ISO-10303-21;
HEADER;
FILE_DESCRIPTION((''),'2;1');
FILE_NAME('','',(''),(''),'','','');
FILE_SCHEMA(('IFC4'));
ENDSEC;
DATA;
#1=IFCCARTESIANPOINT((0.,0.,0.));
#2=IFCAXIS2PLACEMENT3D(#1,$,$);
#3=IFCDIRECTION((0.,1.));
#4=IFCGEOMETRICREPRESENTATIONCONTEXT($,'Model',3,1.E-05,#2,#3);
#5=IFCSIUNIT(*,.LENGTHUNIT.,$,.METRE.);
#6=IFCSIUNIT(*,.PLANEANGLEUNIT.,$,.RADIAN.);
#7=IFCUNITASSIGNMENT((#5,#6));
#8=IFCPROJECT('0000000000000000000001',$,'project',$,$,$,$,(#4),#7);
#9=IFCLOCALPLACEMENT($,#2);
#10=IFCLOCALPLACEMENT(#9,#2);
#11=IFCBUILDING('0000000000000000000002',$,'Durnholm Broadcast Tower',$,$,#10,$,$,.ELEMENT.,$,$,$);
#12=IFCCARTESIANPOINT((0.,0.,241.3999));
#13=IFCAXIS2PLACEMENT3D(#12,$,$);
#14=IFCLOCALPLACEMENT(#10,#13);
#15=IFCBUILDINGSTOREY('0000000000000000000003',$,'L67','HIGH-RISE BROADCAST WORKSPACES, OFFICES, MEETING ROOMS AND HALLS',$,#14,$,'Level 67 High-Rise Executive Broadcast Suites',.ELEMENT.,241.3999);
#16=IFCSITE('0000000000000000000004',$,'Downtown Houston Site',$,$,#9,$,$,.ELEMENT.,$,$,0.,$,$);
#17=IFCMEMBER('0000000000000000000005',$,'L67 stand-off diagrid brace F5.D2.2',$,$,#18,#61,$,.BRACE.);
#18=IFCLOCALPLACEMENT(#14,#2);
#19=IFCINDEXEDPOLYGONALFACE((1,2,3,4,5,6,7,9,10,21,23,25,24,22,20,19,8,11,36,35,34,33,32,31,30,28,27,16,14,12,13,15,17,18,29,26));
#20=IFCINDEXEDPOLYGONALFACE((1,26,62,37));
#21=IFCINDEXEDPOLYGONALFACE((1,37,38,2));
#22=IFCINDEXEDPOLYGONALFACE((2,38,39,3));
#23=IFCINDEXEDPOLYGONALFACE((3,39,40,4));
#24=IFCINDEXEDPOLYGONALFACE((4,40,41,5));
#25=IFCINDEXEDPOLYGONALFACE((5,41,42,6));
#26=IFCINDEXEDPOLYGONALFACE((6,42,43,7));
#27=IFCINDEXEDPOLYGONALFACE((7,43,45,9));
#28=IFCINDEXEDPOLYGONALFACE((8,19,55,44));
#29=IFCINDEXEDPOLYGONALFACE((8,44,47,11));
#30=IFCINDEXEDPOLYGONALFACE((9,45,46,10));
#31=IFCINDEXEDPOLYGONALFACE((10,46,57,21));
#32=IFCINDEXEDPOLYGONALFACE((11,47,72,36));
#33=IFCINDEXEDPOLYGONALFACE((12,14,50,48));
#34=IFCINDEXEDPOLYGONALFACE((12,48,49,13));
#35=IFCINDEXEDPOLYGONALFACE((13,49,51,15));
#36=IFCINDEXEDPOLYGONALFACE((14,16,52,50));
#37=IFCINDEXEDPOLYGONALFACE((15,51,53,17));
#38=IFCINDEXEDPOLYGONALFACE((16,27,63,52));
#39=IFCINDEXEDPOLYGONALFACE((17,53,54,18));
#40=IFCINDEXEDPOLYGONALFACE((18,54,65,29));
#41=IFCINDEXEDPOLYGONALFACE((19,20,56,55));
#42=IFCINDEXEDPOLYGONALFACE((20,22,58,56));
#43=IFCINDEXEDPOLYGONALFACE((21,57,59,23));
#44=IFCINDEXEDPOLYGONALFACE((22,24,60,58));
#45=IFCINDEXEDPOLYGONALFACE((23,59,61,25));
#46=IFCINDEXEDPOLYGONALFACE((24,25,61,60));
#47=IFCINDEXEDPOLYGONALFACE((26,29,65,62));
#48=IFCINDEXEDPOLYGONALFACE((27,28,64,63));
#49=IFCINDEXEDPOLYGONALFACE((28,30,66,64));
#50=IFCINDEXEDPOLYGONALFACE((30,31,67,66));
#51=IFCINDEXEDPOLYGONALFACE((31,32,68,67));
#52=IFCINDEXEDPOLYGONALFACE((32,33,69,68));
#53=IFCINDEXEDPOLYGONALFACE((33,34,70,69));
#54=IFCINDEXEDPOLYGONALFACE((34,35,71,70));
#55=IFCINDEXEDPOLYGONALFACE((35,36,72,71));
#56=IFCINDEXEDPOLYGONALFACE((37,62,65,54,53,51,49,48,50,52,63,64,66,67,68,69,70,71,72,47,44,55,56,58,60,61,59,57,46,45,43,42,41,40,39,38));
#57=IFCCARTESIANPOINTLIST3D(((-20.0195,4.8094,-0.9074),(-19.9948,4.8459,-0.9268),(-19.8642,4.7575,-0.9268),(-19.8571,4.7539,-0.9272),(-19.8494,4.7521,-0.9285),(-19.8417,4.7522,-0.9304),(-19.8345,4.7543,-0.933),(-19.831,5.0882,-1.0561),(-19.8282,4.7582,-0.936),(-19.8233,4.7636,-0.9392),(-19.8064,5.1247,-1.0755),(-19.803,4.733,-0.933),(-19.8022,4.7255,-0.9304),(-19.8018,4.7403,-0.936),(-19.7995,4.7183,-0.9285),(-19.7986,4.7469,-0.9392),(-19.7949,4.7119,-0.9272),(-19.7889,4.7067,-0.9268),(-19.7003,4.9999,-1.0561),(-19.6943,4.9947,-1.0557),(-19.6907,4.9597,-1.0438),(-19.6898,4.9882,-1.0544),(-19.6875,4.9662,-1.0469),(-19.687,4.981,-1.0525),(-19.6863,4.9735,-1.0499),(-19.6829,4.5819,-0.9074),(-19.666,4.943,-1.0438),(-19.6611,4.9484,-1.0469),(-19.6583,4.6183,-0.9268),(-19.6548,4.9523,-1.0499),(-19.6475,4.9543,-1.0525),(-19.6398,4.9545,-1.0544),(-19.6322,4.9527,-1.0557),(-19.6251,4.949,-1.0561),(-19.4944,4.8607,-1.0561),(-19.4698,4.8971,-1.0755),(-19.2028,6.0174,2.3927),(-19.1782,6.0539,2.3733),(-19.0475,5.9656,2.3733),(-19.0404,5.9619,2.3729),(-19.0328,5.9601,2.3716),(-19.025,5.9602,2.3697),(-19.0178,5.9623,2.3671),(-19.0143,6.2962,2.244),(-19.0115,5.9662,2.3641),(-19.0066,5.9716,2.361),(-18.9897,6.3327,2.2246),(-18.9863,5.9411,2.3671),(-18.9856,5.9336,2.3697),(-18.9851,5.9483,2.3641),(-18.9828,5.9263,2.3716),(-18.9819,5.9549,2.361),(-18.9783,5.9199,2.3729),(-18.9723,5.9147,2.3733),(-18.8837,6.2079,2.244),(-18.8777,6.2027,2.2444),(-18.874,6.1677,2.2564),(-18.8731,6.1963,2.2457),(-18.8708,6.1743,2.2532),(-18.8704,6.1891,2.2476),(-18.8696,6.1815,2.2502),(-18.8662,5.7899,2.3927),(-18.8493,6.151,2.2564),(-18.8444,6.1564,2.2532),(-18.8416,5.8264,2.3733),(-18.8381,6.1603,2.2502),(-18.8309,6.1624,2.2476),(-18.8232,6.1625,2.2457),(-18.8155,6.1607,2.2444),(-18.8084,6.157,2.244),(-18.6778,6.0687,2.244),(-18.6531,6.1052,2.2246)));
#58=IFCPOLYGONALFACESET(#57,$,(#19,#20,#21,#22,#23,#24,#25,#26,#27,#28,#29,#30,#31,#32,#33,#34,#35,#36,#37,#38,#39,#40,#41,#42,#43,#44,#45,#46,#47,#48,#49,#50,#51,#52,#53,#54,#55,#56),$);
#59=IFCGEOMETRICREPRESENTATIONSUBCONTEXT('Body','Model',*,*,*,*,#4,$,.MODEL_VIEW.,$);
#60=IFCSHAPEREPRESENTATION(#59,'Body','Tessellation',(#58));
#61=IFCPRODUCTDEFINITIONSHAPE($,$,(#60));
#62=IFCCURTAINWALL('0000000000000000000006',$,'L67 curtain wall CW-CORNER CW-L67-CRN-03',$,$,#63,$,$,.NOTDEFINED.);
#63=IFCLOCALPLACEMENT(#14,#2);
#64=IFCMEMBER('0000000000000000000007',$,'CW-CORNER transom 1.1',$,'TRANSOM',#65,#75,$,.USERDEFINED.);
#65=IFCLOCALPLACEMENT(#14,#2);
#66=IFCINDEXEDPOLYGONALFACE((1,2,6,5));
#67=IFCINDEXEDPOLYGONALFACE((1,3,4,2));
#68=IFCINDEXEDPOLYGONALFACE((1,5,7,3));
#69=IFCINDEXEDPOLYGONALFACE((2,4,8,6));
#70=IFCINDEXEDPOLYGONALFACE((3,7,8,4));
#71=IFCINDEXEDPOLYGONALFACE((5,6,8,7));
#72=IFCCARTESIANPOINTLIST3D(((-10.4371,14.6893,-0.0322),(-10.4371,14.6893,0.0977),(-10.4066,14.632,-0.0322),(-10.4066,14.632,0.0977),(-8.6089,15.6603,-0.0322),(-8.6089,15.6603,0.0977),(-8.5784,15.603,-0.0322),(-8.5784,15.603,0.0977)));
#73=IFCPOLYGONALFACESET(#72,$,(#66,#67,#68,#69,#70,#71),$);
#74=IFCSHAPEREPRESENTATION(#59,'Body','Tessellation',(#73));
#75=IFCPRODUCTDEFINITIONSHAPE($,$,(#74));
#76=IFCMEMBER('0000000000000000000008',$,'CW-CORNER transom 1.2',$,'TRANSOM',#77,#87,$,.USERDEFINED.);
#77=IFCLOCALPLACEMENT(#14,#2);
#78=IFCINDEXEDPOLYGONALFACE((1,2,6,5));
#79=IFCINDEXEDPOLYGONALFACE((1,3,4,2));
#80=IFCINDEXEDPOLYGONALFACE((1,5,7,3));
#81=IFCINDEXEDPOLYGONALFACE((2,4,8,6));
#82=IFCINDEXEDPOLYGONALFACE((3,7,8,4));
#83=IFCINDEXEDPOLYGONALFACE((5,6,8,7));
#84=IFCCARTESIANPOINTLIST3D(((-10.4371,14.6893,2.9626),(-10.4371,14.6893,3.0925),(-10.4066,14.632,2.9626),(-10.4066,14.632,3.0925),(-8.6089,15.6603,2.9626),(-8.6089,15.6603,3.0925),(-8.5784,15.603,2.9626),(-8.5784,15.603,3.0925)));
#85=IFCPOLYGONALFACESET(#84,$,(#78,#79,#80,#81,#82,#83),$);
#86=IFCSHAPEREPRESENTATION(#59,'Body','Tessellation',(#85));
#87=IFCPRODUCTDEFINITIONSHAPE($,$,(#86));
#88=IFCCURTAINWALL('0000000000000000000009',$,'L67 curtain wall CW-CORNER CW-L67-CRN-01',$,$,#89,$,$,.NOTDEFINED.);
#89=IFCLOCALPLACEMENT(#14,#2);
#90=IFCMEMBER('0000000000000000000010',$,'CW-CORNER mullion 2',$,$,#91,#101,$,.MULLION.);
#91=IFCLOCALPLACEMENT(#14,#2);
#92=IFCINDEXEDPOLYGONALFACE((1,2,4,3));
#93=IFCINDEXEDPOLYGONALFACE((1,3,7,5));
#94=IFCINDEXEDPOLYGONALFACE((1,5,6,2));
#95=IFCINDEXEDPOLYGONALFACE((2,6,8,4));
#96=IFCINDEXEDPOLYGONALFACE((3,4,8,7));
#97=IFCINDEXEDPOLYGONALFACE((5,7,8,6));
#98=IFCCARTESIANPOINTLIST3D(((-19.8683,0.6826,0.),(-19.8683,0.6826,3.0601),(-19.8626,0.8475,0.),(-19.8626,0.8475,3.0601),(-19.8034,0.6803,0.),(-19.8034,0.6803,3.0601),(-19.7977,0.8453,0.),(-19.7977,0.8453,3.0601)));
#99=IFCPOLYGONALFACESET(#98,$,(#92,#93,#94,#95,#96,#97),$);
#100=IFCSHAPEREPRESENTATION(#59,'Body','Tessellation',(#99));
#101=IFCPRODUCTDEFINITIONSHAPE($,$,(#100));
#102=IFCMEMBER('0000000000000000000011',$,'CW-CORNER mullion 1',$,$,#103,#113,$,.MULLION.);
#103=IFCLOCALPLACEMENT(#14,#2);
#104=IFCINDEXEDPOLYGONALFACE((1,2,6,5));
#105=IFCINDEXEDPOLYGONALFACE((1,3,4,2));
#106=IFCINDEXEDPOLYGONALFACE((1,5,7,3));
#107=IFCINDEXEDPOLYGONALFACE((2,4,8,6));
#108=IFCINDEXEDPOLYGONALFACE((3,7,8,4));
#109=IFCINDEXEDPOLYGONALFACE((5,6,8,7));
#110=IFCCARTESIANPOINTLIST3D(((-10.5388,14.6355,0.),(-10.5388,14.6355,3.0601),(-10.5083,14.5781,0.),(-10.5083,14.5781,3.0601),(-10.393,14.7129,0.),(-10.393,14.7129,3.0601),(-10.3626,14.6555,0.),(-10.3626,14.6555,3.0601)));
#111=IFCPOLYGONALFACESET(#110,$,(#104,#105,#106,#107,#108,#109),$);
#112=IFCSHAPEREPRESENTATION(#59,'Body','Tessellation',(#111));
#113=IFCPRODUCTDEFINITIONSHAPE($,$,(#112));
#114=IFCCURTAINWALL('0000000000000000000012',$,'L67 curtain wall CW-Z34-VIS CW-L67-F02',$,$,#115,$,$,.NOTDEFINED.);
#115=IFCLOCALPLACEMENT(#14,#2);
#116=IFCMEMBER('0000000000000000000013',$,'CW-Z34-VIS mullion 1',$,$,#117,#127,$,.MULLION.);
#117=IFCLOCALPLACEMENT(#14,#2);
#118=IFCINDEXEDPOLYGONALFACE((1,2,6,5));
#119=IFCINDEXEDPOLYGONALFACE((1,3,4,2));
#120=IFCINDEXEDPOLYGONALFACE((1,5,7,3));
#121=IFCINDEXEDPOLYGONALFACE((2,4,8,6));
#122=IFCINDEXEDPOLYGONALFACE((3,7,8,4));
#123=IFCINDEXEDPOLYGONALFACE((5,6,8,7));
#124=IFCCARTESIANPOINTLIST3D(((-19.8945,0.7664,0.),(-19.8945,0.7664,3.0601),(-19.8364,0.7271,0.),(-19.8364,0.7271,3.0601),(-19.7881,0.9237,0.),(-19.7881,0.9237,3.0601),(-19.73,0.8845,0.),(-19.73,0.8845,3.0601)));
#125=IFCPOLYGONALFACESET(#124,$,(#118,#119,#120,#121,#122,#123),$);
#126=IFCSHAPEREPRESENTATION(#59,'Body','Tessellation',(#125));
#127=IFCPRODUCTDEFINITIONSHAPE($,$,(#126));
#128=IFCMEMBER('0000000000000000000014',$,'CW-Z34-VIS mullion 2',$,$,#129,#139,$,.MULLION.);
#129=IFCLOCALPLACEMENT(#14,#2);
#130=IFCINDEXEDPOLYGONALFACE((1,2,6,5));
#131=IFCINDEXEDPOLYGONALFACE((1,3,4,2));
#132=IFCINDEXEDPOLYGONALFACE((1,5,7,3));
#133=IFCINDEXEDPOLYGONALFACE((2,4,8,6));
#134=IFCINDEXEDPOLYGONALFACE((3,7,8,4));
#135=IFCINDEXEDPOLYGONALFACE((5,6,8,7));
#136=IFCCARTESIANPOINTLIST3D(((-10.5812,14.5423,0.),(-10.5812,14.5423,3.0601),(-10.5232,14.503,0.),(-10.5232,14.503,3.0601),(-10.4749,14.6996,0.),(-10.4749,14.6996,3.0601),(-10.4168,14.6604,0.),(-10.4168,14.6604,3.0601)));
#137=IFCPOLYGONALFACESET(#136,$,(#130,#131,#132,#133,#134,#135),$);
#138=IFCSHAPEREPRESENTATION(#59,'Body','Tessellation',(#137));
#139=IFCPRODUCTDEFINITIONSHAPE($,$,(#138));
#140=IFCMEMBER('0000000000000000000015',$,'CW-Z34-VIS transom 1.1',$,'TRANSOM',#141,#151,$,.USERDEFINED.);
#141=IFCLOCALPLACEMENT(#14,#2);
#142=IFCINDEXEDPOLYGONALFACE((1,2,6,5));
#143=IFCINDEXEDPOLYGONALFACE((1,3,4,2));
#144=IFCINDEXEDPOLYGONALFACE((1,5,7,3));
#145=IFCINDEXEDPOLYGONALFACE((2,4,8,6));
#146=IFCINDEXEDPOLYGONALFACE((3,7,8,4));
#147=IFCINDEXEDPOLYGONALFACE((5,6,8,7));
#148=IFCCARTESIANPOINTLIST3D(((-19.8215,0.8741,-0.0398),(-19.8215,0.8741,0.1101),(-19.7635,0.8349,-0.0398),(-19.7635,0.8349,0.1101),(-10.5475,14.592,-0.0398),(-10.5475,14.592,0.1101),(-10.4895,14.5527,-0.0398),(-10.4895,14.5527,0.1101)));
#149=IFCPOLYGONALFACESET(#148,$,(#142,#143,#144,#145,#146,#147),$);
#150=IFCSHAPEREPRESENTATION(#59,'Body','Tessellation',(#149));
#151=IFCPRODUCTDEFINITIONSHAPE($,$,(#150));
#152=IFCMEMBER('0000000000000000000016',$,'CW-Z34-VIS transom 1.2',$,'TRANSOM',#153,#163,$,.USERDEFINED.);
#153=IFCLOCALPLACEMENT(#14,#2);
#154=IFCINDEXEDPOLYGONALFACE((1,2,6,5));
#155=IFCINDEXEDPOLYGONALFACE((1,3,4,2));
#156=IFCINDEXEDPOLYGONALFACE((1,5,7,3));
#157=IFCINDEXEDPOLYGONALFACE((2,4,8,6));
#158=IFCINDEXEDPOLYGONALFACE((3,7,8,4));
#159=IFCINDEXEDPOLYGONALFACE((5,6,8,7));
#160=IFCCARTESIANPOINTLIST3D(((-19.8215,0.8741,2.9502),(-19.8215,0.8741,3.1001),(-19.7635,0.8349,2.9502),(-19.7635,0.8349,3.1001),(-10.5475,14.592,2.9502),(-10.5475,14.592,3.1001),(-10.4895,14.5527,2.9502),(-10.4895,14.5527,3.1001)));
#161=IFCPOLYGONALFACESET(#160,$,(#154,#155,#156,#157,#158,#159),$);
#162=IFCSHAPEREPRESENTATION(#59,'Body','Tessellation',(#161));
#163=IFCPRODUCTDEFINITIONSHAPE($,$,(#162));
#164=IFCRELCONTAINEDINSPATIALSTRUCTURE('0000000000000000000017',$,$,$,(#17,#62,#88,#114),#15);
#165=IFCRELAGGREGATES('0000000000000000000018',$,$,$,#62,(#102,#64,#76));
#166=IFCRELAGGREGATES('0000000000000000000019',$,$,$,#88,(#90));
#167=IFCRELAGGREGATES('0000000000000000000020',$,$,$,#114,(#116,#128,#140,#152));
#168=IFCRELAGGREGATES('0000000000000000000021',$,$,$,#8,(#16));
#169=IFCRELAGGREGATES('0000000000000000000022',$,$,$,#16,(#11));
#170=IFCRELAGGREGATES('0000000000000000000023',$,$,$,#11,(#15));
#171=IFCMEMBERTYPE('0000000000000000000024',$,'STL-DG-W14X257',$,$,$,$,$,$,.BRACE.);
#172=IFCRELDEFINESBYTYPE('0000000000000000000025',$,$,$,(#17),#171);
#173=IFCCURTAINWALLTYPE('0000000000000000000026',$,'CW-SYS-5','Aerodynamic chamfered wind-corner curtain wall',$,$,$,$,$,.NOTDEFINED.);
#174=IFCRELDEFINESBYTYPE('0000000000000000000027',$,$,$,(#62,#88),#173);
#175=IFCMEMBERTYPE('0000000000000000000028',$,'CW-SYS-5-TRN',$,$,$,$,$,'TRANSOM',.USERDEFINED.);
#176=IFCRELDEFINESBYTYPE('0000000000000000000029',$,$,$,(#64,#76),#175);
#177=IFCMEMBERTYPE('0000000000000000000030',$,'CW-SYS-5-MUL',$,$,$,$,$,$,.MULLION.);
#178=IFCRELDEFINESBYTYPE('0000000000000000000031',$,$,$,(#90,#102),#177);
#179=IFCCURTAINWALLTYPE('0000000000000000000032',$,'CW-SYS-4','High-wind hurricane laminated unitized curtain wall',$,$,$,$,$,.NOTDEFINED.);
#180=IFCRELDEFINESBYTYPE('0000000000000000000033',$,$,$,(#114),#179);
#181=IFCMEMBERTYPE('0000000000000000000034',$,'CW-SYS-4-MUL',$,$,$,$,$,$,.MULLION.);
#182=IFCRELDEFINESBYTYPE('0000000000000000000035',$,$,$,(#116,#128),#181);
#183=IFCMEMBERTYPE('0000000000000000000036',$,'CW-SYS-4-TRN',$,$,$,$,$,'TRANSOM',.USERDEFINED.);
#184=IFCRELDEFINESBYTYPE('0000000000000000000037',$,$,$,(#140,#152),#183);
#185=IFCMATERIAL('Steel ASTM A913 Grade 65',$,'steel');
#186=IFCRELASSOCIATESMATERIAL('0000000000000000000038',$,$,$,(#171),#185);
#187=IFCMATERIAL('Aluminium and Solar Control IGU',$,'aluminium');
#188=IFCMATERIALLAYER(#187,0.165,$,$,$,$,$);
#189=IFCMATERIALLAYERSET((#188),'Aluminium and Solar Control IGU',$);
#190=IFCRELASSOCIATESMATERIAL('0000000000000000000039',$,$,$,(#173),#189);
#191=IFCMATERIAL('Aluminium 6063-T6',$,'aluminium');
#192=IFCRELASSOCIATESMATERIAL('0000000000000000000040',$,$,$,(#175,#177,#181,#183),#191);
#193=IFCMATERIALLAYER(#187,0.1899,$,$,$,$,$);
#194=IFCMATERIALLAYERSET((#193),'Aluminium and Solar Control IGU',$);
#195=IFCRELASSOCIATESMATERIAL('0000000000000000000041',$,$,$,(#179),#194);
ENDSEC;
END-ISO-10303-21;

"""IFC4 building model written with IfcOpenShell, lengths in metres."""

from ifc_helpers import new_model, si_unit, direction, frame, origin, origin_2d, place, context, subcontext, project, spatial, rectangle, i_section, extrude, source, transform, mapped, material, layer, layer_set, material_profile, profile_set, type_object, type_shapes, element, aggregate, save


model = new_model("IFC4")

# Units and contexts
model_context = context("Model", 3, precision=1e-05, world=origin(), true_north=direction((0.0, 1.0)))
body_context = subcontext(model_context, "Body", "Model", "MODEL_VIEW")
ifc_project = project(units=[si_unit("LENGTHUNIT", "METRE"), si_unit("PLANEANGLEUNIT", "RADIAN")], contexts=[model_context])

# Site, building, storey
site_placement = place(None, origin())
site = spatial("IfcSite", under=ifc_project, at=site_placement, Name="Downtown Houston Site", CompositionType="ELEMENT", RefElevation=0.0)
building_placement = place(site_placement, origin())
building = spatial("IfcBuilding", under=site, at=building_placement, Name="Durnholm Broadcast Tower", CompositionType="ELEMENT")
storey_placement = place(building_placement, frame((0.0, 0.0, 241.3999)))
storey = spatial("IfcBuildingStorey", under=building, at=storey_placement, Name="L67", Description="HIGH-RISE BROADCAST WORKSPACES, OFFICES, MEETING ROOMS AND HALLS", LongName="Level 67 High-Rise Executive Broadcast Suites", CompositionType="ELEMENT", Elevation=241.3999)

# Member
ifc_material_1 = material(Name="Steel ASTM A913 Grade 65", Category="steel")
ifc_material_profile_1 = material_profile(ifc_material_1, i_section(OverallWidth=0.4062, OverallDepth=0.416, WebThickness=0.0298, FlangeThickness=0.0481, FilletRadius=0.0305, at=origin_2d()), Name="W14X257")
ifc_profile_set_1 = profile_set([ifc_material_profile_1], Name="Steel ASTM A913 Grade 65")
member_type_1 = type_object("IfcMemberType", Name="STL-DG-W14X257", PredefinedType="BRACE", material=ifc_profile_set_1)
shared_shape_1 = source(origin(), body_context, "Body", "SweptSolid", [
    extrude(i_section(OverallWidth=0.4062, OverallDepth=0.416, WebThickness=0.0298, FlangeThickness=0.0481, FilletRadius=0.0305, at=origin_2d()), origin(), (0.0, 0.0, 1.0), 3.6079),
])
type_shapes(member_type_1, [shared_shape_1])
for number, where, z_axis, x_axis, name in (
    (1, (-19.7446, 4.8533, -0.9915), (0.226354, 0.334828, 0.914688), (-0.828452, 0.560059, 0.0), "L67 stand-off diagrid brace F5.D2.2"),
):
    element("IfcMember", number, at=place(storey_placement, frame(where, z_axis=z_axis, x_axis=x_axis)), inside=storey, type_object=member_type_1, Name=name, PredefinedType="BRACE", context=body_context, shape_type="MappedRepresentation", body=[
        mapped(shared_shape_1, transform((0.0, 0.0, 0.0), x_axis=(1.0, 0.0, 0.0), y_axis=(0.0, 1.0, 0.0), z_axis=(0.0, 0.0, 1.0), scale=1.0)),
    ])

# Curtain wall, members
ifc_material_2 = material(Name="Aluminium and Solar Control IGU", Category="aluminium")
ifc_layer_1 = layer(ifc_material_2, 0.165)
ifc_layer_set_1 = layer_set([ifc_layer_1], Name="Aluminium and Solar Control IGU")
curtain_wall_type_1 = type_object("IfcCurtainWallType", Name="CW-SYS-5", Description="Aerodynamic chamfered wind-corner curtain wall", PredefinedType="NOTDEFINED", material=ifc_layer_set_1)
curtain_wall_1_placement = place(storey_placement, origin())
curtain_wall_1 = element("IfcCurtainWall", 2, at=curtain_wall_1_placement, inside=storey, type_object=curtain_wall_type_1, Name="L67 curtain wall CW-CORNER CW-L67-CRN-03", PredefinedType="NOTDEFINED")
ifc_material_3 = material(Name="Aluminium 6063-T6", Category="aluminium")
ifc_material_profile_2 = material_profile(ifc_material_3, rectangle(XDim=0.0649, YDim=0.1299, at=origin_2d()), Name="CWT65X130")
ifc_profile_set_2 = profile_set([ifc_material_profile_2], Name="Aluminium 6063-T6")
member_type_2 = type_object("IfcMemberType", Name="CW-SYS-5-TRN", ElementType="TRANSOM", PredefinedType="USERDEFINED", material=ifc_profile_set_2)
shared_shape_2 = source(origin(), body_context, "Body", "SweptSolid", [
    extrude(rectangle(XDim=0.0649, YDim=0.1299, at=origin_2d()), origin(), (0.0, 0.0, 1.0), 2.0701),
])
type_shapes(member_type_2, [shared_shape_2])
member_1_placement = place(storey_placement, frame((-10.4219, 14.6606, 0.0327), z_axis=(0.883165, 0.469063, 0.0), x_axis=(-0.469063, 0.883165, 0.0)))
member_1 = element("IfcMember", 3, at=member_1_placement, type_object=member_type_2, Name="CW-CORNER transom 1.1", ObjectType="TRANSOM", PredefinedType="USERDEFINED", context=body_context, shape_type="MappedRepresentation", body=[
    mapped(shared_shape_2, transform((0.0, 0.0, 0.0), x_axis=(1.0, 0.0, 0.0), y_axis=(0.0, 1.0, 0.0), z_axis=(0.0, 0.0, 1.0), scale=1.0)),
])
member_2_placement = place(storey_placement, frame((-10.4219, 14.6606, 3.0276), z_axis=(0.883165, 0.469063, 0.0), x_axis=(-0.469063, 0.883165, 0.0)))
member_2 = element("IfcMember", 4, at=member_2_placement, type_object=member_type_2, Name="CW-CORNER transom 1.2", ObjectType="TRANSOM", PredefinedType="USERDEFINED", context=body_context, shape_type="MappedRepresentation", body=[
    mapped(shared_shape_2, transform((0.0, 0.0, 0.0), x_axis=(1.0, 0.0, 0.0), y_axis=(0.0, 1.0, 0.0), z_axis=(0.0, 0.0, 1.0), scale=1.0)),
])

# Curtain wall, member
curtain_wall_2_placement = place(storey_placement, origin())
curtain_wall_2 = element("IfcCurtainWall", 5, at=curtain_wall_2_placement, inside=storey, type_object=curtain_wall_type_1, Name="L67 curtain wall CW-CORNER CW-L67-CRN-01", PredefinedType="NOTDEFINED")
ifc_material_profile_3 = material_profile(ifc_material_3, rectangle(XDim=0.0649, YDim=0.165, at=origin_2d()), Name="CWM65X165")
ifc_profile_set_3 = profile_set([ifc_material_profile_3], Name="Aluminium 6063-T6")
member_type_3 = type_object("IfcMemberType", Name="CW-SYS-5-MUL", PredefinedType="MULLION", material=ifc_profile_set_3)
shared_shape_3 = source(origin(), body_context, "Body", "SweptSolid", [
    extrude(rectangle(XDim=0.0649, YDim=0.165, at=origin_2d()), origin(), (0.0, 0.0, 1.0), 3.0601),
])
type_shapes(member_type_3, [shared_shape_3])
member_3_placement = place(storey_placement, frame((-19.833, 0.7639, 0.0), z_axis=(0.0, 0.0, 1.0), x_axis=(-0.999411, 0.034318, 0.0)))
member_3 = element("IfcMember", 6, at=member_3_placement, type_object=member_type_3, Name="CW-CORNER mullion 2", PredefinedType="MULLION", context=body_context, shape_type="MappedRepresentation", body=[
    mapped(shared_shape_3, transform((0.0, 0.0, 0.0), x_axis=(1.0, 0.0, 0.0), y_axis=(0.0, 1.0, 0.0), z_axis=(0.0, 0.0, 1.0), scale=1.0)),
])

# Member
member_4_placement = place(storey_placement, frame((-10.4507, 14.6455, 0.0), z_axis=(0.0, 0.0, 1.0), x_axis=(-0.469007, 0.883195, 0.0)))
member_4 = element("IfcMember", 7, at=member_4_placement, type_object=member_type_3, Name="CW-CORNER mullion 1", PredefinedType="MULLION", context=body_context, shape_type="MappedRepresentation", body=[
    mapped(shared_shape_3, transform((0.0, 0.0, 0.0), x_axis=(1.0, 0.0, 0.0), y_axis=(0.0, 1.0, 0.0), z_axis=(0.0, 0.0, 1.0), scale=1.0)),
])
aggregate(curtain_wall_1, [member_4, member_1, member_2])

# Curtain wall, members
ifc_layer_2 = layer(ifc_material_2, 0.1899)
ifc_layer_set_2 = layer_set([ifc_layer_2], Name="Aluminium and Solar Control IGU")
curtain_wall_type_2 = type_object("IfcCurtainWallType", Name="CW-SYS-4", Description="High-wind hurricane laminated unitized curtain wall", PredefinedType="NOTDEFINED", material=ifc_layer_set_2)
curtain_wall_3_placement = place(storey_placement, origin())
curtain_wall_3 = element("IfcCurtainWall", 8, at=curtain_wall_3_placement, inside=storey, type_object=curtain_wall_type_2, Name="L67 curtain wall CW-Z34-VIS CW-L67-F02", PredefinedType="NOTDEFINED")
ifc_material_profile_4 = material_profile(ifc_material_3, rectangle(XDim=0.0701, YDim=0.1899, at=origin_2d()), Name="CWM70X190")
ifc_profile_set_4 = profile_set([ifc_material_profile_4], Name="Aluminium 6063-T6")
member_type_4 = type_object("IfcMemberType", Name="CW-SYS-4-MUL", PredefinedType="MULLION", material=ifc_profile_set_4)
shared_shape_4 = source(origin(), body_context, "Body", "SweptSolid", [
    extrude(rectangle(XDim=0.0701, YDim=0.1899, at=origin_2d()), origin(), (0.0, 0.0, 1.0), 3.0601),
])
type_shapes(member_type_4, [shared_shape_4])
member_5_placement = place(storey_placement, frame((-19.8123, 0.8254, 0.0), z_axis=(0.0, 0.0, 1.0), x_axis=(-0.828443, 0.560073, 0.0)))
member_5 = element("IfcMember", 9, at=member_5_placement, type_object=member_type_4, Name="CW-Z34-VIS mullion 1", PredefinedType="MULLION", context=body_context, shape_type="MappedRepresentation", body=[
    mapped(shared_shape_4, transform((0.0, 0.0, 0.0), x_axis=(1.0, 0.0, 0.0), y_axis=(0.0, 1.0, 0.0), z_axis=(0.0, 0.0, 1.0), scale=1.0)),
])
member_6_placement = place(storey_placement, frame((-10.499, 14.6013, 0.0), z_axis=(0.0, 0.0, 1.0), x_axis=(-0.828443, 0.560073, 0.0)))
member_6 = element("IfcMember", 10, at=member_6_placement, type_object=member_type_4, Name="CW-Z34-VIS mullion 2", PredefinedType="MULLION", context=body_context, shape_type="MappedRepresentation", body=[
    mapped(shared_shape_4, transform((0.0, 0.0, 0.0), x_axis=(1.0, 0.0, 0.0), y_axis=(0.0, 1.0, 0.0), z_axis=(0.0, 0.0, 1.0), scale=1.0)),
])
ifc_material_profile_5 = material_profile(ifc_material_3, rectangle(XDim=0.0701, YDim=0.1499, at=origin_2d()), Name="CWT70X150")
ifc_profile_set_5 = profile_set([ifc_material_profile_5], Name="Aluminium 6063-T6")
member_type_5 = type_object("IfcMemberType", Name="CW-SYS-4-TRN", ElementType="TRANSOM", PredefinedType="USERDEFINED", material=ifc_profile_set_5)
shared_shape_5 = source(origin(), body_context, "Body", "SweptSolid", [
    extrude(rectangle(XDim=0.0701, YDim=0.1499, at=origin_2d()), origin(), (0.0, 0.0, 1.0), 16.5586),
])
type_shapes(member_type_5, [shared_shape_5])
member_7_placement = place(storey_placement, frame((-19.7925, 0.8545, 0.0352), z_axis=(0.560071, 0.828444, 0.0), x_axis=(-0.828444, 0.560071, 0.0)))
member_7 = element("IfcMember", 11, at=member_7_placement, type_object=member_type_5, Name="CW-Z34-VIS transom 1.1", ObjectType="TRANSOM", PredefinedType="USERDEFINED", context=body_context, shape_type="MappedRepresentation", body=[
    mapped(shared_shape_5, transform((0.0, 0.0, 0.0), x_axis=(1.0, 0.0, 0.0), y_axis=(0.0, 1.0, 0.0), z_axis=(0.0, 0.0, 1.0), scale=1.0)),
])
member_8_placement = place(storey_placement, frame((-19.7925, 0.8545, 3.0251), z_axis=(0.560071, 0.828444, 0.0), x_axis=(-0.828444, 0.560071, 0.0)))
member_8 = element("IfcMember", 12, at=member_8_placement, type_object=member_type_5, Name="CW-Z34-VIS transom 1.2", ObjectType="TRANSOM", PredefinedType="USERDEFINED", context=body_context, shape_type="MappedRepresentation", body=[
    mapped(shared_shape_5, transform((0.0, 0.0, 0.0), x_axis=(1.0, 0.0, 0.0), y_axis=(0.0, 1.0, 0.0), z_axis=(0.0, 0.0, 1.0), scale=1.0)),
])

aggregate(curtain_wall_2, [member_3])
aggregate(curtain_wall_3, [member_5, member_6, member_7, member_8])

save(model, "model.ifc")
